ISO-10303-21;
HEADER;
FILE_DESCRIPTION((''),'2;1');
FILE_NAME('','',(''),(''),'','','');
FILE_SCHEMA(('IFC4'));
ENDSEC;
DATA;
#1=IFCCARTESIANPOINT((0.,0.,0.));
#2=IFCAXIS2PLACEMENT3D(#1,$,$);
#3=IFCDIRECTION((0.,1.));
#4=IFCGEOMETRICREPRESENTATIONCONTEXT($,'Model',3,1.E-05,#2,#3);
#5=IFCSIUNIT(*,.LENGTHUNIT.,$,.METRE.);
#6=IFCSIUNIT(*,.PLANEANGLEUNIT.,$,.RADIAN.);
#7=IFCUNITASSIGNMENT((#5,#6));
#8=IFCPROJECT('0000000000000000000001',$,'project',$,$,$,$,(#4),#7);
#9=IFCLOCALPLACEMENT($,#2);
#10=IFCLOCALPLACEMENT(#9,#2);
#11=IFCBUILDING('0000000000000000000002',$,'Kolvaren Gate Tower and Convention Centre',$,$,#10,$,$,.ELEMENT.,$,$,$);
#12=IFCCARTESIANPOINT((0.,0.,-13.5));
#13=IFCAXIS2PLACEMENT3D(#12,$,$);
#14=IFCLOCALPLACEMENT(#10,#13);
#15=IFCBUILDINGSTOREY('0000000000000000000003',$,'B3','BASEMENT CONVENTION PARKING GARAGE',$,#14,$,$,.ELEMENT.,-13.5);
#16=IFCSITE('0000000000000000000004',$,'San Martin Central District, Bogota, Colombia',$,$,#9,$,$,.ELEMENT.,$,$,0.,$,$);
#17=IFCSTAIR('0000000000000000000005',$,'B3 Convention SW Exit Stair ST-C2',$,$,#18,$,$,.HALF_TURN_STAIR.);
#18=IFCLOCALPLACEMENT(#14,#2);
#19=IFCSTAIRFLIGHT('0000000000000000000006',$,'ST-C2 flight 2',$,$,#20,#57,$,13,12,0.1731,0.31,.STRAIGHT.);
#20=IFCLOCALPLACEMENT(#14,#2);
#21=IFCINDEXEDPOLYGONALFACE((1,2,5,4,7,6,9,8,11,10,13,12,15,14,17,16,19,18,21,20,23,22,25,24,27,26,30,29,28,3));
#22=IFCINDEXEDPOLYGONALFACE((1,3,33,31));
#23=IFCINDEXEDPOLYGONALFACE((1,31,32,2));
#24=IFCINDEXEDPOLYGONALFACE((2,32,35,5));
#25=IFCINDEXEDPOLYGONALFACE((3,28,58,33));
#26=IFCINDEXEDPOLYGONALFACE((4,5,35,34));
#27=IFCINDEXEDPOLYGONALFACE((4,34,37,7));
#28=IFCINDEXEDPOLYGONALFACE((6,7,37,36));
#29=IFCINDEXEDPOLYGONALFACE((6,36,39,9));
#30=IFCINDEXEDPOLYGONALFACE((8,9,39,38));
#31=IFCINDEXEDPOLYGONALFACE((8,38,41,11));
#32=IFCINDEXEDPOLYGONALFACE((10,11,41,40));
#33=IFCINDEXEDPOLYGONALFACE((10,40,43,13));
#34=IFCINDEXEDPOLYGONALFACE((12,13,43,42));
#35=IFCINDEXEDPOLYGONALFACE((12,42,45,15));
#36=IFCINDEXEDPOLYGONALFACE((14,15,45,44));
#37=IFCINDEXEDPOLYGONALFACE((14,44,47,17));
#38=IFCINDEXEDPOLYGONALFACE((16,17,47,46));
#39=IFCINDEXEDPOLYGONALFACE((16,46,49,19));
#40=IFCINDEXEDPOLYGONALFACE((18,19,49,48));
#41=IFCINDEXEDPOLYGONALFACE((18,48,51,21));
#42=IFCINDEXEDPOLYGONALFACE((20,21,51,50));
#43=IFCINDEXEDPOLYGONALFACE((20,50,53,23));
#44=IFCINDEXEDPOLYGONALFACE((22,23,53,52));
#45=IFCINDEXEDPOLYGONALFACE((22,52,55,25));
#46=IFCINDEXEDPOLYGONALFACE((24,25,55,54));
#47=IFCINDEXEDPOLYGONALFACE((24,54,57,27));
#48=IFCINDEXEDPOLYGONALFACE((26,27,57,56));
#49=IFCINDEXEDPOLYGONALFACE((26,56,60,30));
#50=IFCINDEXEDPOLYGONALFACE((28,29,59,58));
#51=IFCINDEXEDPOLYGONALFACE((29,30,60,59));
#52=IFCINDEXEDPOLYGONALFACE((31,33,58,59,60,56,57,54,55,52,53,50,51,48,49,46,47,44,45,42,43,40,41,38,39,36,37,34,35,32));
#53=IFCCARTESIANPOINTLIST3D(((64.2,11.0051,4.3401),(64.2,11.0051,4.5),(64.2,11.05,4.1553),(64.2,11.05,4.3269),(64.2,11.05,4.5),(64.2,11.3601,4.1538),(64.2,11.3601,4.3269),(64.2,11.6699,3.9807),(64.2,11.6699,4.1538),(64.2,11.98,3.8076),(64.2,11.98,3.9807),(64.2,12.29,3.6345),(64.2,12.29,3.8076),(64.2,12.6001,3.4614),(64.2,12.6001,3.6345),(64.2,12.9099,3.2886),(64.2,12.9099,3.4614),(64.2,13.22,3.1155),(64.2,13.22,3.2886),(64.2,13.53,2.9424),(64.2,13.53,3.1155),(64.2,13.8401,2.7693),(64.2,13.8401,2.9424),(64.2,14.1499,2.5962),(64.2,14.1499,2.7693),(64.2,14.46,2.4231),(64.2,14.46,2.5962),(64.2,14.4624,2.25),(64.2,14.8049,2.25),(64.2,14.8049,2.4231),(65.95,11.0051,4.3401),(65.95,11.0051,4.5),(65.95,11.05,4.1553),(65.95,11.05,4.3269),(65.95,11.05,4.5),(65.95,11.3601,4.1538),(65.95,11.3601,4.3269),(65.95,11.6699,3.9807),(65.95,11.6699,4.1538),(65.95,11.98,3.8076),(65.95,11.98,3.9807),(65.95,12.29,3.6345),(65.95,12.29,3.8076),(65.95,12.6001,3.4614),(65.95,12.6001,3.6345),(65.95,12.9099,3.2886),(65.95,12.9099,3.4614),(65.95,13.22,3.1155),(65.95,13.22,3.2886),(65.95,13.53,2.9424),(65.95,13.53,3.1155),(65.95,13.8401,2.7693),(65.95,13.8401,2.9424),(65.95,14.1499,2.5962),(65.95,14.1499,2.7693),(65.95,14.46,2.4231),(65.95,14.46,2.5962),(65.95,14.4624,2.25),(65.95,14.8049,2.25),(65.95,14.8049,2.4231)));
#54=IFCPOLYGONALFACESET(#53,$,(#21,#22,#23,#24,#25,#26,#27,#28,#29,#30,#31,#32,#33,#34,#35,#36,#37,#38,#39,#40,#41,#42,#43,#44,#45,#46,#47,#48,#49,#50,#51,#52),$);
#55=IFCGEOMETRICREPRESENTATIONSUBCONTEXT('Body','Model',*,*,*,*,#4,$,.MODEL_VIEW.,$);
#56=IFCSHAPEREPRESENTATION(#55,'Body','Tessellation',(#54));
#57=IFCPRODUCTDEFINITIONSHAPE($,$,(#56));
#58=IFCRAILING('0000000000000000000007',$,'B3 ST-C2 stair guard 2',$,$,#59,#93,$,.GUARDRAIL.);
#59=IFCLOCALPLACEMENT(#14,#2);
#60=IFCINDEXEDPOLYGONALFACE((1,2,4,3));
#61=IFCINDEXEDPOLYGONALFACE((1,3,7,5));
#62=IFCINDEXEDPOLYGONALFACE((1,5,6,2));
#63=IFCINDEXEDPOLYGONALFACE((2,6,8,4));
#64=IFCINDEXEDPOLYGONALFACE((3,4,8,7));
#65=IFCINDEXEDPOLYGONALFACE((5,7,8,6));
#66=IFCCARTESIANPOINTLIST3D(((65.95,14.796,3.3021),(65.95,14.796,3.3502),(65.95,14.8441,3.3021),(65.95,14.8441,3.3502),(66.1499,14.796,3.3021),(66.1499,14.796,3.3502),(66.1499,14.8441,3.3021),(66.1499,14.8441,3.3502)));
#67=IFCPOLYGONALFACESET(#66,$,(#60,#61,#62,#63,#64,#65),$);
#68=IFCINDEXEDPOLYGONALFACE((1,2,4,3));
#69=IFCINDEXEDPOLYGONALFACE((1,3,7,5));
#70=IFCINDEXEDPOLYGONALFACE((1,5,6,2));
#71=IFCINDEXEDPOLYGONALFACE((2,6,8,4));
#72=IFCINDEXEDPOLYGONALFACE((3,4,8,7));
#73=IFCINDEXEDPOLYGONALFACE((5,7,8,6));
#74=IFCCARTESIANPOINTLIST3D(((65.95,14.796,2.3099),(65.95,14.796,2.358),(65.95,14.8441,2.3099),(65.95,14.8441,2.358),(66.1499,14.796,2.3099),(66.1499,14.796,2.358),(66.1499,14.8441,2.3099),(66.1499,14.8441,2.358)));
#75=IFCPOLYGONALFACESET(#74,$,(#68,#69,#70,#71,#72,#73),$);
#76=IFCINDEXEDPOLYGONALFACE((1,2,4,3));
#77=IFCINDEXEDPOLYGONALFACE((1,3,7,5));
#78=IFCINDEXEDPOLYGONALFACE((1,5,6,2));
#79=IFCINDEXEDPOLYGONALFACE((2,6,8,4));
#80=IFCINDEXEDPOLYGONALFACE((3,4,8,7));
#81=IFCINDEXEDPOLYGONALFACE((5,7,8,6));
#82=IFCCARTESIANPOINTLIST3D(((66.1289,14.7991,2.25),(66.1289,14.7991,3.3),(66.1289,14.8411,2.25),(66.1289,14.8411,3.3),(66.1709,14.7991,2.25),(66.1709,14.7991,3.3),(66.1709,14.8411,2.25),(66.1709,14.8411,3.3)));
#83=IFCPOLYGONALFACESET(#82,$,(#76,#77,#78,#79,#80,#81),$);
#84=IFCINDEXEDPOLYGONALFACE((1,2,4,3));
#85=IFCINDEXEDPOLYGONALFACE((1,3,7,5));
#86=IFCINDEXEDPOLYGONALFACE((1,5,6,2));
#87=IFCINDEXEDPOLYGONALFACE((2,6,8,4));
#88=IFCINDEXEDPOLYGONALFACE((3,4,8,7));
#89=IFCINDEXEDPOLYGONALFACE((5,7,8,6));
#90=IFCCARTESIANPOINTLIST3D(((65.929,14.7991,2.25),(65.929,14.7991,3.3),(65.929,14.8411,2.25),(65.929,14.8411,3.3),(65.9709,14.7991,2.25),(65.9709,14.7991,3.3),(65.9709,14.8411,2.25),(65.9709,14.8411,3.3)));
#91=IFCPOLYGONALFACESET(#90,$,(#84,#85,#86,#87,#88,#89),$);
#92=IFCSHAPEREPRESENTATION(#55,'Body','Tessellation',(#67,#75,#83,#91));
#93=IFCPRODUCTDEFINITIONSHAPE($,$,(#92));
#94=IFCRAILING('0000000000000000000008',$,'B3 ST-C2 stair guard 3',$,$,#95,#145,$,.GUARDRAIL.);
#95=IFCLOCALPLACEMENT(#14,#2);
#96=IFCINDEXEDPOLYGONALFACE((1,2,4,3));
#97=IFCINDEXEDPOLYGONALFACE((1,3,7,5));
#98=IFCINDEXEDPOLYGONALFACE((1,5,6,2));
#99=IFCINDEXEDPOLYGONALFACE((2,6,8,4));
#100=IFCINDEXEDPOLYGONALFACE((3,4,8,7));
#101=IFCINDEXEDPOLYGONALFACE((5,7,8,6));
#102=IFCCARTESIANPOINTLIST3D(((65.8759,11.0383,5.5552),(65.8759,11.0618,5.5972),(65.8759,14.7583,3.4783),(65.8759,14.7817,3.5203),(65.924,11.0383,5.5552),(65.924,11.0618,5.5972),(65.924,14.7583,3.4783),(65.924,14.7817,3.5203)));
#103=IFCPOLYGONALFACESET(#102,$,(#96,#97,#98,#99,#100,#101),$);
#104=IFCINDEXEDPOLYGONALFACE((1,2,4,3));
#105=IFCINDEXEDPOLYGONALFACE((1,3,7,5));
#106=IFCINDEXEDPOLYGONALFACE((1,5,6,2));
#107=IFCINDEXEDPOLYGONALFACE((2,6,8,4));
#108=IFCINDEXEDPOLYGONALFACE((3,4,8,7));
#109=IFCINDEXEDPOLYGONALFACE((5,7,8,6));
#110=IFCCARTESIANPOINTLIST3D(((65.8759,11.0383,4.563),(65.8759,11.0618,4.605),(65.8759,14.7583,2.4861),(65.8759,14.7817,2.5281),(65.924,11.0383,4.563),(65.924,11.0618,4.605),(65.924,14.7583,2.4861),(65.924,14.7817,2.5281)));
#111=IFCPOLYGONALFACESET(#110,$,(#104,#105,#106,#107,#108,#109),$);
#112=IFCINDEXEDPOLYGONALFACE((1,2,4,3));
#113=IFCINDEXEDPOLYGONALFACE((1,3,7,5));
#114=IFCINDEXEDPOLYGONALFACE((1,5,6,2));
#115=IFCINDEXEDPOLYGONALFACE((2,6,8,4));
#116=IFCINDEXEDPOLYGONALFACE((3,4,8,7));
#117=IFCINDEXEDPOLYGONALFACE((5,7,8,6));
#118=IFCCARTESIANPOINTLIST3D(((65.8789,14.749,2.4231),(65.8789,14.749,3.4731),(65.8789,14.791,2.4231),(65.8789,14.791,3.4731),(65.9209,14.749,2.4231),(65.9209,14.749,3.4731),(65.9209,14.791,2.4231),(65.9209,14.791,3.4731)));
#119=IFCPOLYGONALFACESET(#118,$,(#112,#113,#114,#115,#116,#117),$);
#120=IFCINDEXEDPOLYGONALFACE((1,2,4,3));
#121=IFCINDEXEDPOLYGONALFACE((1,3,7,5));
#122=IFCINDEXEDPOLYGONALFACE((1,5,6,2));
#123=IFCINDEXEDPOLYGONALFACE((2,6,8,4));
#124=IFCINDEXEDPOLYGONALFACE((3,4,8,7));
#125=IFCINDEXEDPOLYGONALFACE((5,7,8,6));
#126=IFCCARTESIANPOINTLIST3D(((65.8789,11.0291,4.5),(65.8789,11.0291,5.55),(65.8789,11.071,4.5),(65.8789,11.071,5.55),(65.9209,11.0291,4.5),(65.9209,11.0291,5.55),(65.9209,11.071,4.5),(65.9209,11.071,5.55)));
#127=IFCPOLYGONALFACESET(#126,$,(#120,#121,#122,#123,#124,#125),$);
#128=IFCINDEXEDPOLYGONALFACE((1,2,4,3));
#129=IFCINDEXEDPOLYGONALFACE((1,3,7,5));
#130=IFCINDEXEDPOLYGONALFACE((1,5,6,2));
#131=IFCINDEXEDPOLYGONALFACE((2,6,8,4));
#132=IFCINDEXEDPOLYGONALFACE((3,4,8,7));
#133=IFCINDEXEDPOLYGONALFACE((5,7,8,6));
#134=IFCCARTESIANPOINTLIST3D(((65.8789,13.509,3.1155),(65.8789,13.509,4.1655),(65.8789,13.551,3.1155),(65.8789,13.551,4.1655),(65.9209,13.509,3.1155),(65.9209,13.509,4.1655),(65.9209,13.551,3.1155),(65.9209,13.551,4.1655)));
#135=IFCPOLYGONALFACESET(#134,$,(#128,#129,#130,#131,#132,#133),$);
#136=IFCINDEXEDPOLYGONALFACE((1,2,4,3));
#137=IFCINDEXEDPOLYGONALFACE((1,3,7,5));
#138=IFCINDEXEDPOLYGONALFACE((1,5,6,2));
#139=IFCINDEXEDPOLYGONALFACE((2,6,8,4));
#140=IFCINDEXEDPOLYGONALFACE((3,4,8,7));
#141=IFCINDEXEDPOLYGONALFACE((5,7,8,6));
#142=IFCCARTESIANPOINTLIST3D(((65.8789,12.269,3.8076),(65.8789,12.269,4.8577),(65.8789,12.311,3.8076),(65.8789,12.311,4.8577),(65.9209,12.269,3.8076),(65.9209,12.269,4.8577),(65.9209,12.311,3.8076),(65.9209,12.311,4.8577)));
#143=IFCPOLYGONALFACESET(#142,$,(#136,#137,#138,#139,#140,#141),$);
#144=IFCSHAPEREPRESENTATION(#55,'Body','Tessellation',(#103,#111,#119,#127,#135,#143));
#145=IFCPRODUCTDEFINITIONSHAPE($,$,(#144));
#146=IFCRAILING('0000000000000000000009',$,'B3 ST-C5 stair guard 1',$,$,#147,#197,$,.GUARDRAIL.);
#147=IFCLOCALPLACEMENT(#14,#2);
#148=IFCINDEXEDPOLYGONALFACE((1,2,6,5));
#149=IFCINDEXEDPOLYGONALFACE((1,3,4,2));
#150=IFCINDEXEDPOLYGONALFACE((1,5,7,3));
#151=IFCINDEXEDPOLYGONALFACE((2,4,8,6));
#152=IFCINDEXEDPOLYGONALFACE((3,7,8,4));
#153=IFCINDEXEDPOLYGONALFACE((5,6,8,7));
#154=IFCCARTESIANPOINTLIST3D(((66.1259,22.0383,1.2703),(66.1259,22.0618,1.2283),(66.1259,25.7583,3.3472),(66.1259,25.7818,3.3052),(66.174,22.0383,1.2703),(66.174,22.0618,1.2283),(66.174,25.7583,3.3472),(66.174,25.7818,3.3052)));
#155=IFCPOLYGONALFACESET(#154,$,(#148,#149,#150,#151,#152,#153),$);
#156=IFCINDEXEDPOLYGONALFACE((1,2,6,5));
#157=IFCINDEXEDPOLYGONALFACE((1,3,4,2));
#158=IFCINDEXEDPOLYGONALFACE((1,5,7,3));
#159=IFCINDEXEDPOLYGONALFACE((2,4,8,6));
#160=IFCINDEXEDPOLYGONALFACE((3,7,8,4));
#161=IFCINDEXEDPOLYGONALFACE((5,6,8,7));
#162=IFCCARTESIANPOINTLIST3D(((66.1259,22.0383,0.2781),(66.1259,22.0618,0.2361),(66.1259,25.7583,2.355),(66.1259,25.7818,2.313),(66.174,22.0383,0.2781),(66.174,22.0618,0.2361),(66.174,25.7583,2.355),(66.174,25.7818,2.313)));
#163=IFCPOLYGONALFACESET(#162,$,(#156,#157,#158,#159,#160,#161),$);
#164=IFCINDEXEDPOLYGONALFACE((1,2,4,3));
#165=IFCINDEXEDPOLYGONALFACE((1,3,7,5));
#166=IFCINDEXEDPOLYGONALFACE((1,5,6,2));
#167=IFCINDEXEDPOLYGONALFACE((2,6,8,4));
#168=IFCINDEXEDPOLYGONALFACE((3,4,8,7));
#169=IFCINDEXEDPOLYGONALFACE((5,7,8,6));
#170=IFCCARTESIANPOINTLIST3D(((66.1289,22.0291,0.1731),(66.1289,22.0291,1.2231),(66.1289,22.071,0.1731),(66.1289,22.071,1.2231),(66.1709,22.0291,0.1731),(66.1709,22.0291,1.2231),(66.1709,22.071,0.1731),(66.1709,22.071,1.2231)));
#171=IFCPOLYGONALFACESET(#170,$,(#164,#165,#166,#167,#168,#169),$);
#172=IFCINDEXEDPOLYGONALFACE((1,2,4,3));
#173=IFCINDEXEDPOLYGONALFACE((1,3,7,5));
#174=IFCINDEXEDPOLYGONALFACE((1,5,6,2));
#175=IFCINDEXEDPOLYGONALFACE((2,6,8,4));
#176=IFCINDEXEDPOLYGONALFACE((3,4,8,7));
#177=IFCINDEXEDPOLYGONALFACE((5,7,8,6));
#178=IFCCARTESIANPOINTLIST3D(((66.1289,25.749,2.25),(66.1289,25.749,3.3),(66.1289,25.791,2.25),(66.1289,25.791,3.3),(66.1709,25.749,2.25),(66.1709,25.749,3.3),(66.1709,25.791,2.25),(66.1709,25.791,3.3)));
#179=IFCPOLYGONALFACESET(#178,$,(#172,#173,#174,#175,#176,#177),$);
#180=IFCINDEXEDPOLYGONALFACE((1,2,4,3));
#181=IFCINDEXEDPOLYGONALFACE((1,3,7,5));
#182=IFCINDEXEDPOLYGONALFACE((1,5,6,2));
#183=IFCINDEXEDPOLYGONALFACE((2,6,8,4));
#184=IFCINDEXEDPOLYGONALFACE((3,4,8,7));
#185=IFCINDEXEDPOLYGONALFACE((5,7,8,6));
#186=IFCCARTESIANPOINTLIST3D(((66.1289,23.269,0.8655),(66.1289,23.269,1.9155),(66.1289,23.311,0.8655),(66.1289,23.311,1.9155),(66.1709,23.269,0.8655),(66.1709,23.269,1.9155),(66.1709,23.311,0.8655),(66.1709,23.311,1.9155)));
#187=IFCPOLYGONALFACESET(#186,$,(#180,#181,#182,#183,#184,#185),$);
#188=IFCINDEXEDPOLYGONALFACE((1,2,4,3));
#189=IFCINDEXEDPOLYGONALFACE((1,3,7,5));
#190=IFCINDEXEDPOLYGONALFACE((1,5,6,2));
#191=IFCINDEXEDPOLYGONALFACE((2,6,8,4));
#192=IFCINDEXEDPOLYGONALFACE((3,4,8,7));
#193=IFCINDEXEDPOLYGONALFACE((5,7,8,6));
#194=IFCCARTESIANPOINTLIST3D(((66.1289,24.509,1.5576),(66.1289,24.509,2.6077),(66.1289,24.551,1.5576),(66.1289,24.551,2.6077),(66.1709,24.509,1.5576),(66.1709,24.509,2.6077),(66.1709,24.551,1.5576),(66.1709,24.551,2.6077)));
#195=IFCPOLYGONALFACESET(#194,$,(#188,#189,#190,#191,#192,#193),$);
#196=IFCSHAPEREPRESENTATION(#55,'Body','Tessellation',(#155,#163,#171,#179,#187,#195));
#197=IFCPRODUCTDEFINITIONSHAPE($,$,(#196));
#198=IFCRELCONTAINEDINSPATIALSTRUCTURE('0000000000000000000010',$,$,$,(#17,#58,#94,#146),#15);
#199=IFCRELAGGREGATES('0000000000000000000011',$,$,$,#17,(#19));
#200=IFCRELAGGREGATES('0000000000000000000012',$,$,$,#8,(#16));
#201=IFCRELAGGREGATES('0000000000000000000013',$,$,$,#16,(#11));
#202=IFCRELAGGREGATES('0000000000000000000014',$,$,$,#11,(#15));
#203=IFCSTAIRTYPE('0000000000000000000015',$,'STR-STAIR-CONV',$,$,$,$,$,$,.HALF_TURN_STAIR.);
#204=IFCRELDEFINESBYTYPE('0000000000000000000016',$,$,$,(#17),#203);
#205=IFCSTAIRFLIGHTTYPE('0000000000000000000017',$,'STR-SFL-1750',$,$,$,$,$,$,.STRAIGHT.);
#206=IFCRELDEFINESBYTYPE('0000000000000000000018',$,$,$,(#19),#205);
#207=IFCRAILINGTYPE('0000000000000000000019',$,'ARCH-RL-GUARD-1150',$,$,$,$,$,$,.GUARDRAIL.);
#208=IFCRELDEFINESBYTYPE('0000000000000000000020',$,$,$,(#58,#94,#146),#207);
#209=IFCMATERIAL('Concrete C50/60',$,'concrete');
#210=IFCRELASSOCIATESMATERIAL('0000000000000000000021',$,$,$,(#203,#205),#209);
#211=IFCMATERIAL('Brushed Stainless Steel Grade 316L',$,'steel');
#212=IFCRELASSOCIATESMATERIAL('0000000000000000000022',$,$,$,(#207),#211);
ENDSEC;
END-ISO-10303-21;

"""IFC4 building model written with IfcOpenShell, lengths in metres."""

from ifc_helpers import new_model, si_unit, direction, frame, origin, origin_2d, place, context, subcontext, project, spatial, polyline, rectangle, outline, extrude, material, type_object, element, aggregate, save


model = new_model("IFC4")

# Units and contexts
model_context = context("Model", 3, precision=1e-05, world=origin(), true_north=direction((0.0, 1.0)))
body_context = subcontext(model_context, "Body", "Model", "MODEL_VIEW")
ifc_project = project(units=[si_unit("LENGTHUNIT", "METRE"), si_unit("PLANEANGLEUNIT", "RADIAN")], contexts=[model_context])

# Site, building, storey
site_placement = place(None, origin())
site = spatial("IfcSite", under=ifc_project, at=site_placement, Name="San Martin Central District, Bogota, Colombia", CompositionType="ELEMENT", RefElevation=0.0)
building_placement = place(site_placement, origin())
building = spatial("IfcBuilding", under=site, at=building_placement, Name="Kolvaren Gate Tower and Convention Centre", CompositionType="ELEMENT")
storey_placement = place(building_placement, frame((0.0, 0.0, -13.5)))
storey = spatial("IfcBuildingStorey", under=building, at=storey_placement, Name="B3", Description="BASEMENT CONVENTION PARKING GARAGE", CompositionType="ELEMENT", Elevation=-13.5)

# Shared definitions
ifc_material_1 = material(Name="Concrete C50/60", Category="concrete")

# Stair, stair flight
stair_type = type_object("IfcStairType", Name="STR-STAIR-CONV", PredefinedType="HALF_TURN_STAIR", material=ifc_material_1)
stair_placement = place(storey_placement, origin())
stair = element("IfcStair", 1, at=stair_placement, inside=storey, type_object=stair_type, Name="B3 Convention SW Exit Stair ST-C2", PredefinedType="HALF_TURN_STAIR")
stair_flight_type = type_object("IfcStairFlightType", Name="STR-SFL-1750", PredefinedType="STRAIGHT", material=ifc_material_1)
stair_flight_placement = place(storey_placement, frame((65.075, 14.77, 2.25), z_axis=(0.0, 0.0, 1.0), x_axis=(0.0, -1.0, 0.0)))
stair_flight = element("IfcStairFlight", 2, at=stair_flight_placement, type_object=stair_flight_type, Name="ST-C2 flight 2", NumberOfRisers=13, NumberOfTreads=12, PredefinedType="STRAIGHT", RiserHeight=0.1731, TreadLength=0.31, context=body_context, shape_type="SweptSolid", body=[
    extrude(outline(polyline([(-0.0349, 0.0), (-0.0349, 0.1731), (0.3101, 0.1731), (0.3101, 0.3462), (0.6201, 0.3462), (0.6201, 0.5193), (0.9299, 0.5193), (0.9299, 0.6924), (1.24, 0.6924), (1.24, 0.8655), (1.55, 0.8655), (1.55, 1.0386), (1.8601, 1.0386), (1.8601, 1.2114), (2.1699, 1.2114), (2.1699, 1.3845), (2.48, 1.3845), (2.48, 1.5576), (2.79, 1.5576), (2.79, 1.7307), (3.1001, 1.7307), (3.1001, 1.9038), (3.4099, 1.9038), (3.4099, 2.0769), (3.72, 2.0769), (3.72, 2.25), (3.7649, 2.25), (3.7649, 2.0901), (3.72, 1.9053), (0.3076, 0.0), (-0.0349, 0.0)])), frame((0.0, 0.875, 0.0), z_axis=(0.0, -1.0, 0.0), x_axis=(1.0, 0.0, 0.0)), (0.0, 0.0, 1.0), 1.75),
])
aggregate(stair, [stair_flight])

# Railings
ifc_material_2 = material(Name="Brushed Stainless Steel Grade 316L", Category="steel")
railing_type_1 = type_object("IfcRailingType", Name="ARCH-RL-GUARD-1150", PredefinedType="GUARDRAIL", material=ifc_material_2)
railing_1_placement = place(storey_placement, frame((66.1499, 14.8201, 2.25)))
element("IfcRailing", 3, at=railing_1_placement, inside=storey, type_object=railing_type_1, Name="B3 ST-C2 stair guard 2", PredefinedType="GUARDRAIL", context=body_context, shape_type="SweptSolid", body=[
    extrude(rectangle(XDim=0.0481, YDim=0.0481, at=origin_2d()), frame((0.0, 0.0, 1.0762), z_axis=(-1.0, 0.0, 0.0), x_axis=(0.0, -1.0, 0.0)), (0.0, 0.0, 1.0), 0.2),
    extrude(rectangle(XDim=0.0481, YDim=0.0481, at=origin_2d()), frame((0.0, 0.0, 0.084), z_axis=(-1.0, 0.0, 0.0), x_axis=(0.0, -1.0, 0.0)), (0.0, 0.0, 1.0), 0.2),
    extrude(rectangle(XDim=0.042, YDim=0.042, at=origin_2d()), origin(), (0.0, 0.0, 1.0), 1.05),
    extrude(rectangle(XDim=0.042, YDim=0.042, at=origin_2d()), frame((-0.2, 0.0, 0.0)), (0.0, 0.0, 1.0), 1.05),
])
railing_2_placement = place(storey_placement, frame((65.8999, 14.77, 2.4231)))
element("IfcRailing", 4, at=railing_2_placement, inside=storey, type_object=railing_type_1, Name="B3 ST-C2 stair guard 3", PredefinedType="GUARDRAIL", context=body_context, shape_type="SweptSolid", body=[
    extrude(rectangle(XDim=0.0481, YDim=0.0481, at=origin_2d()), frame((0.0, 0.0, 1.0762), z_axis=(0.0, -0.873134, 0.487481), x_axis=(1.0, 0.0, 0.0)), (0.0, 0.0, 1.0), 4.2605),
    extrude(rectangle(XDim=0.0481, YDim=0.0481, at=origin_2d()), frame((0.0, 0.0, 0.084), z_axis=(0.0, -0.873134, 0.487481), x_axis=(1.0, 0.0, 0.0)), (0.0, 0.0, 1.0), 4.2605),
    extrude(rectangle(XDim=0.042, YDim=0.042, at=origin_2d()), origin(), (0.0, 0.0, 1.0), 1.05),
    extrude(rectangle(XDim=0.042, YDim=0.042, at=origin_2d()), frame((0.0, -3.72, 2.0769)), (0.0, 0.0, 1.0), 1.05),
    extrude(rectangle(XDim=0.042, YDim=0.042, at=origin_2d()), frame((0.0, -1.24, 0.6924)), (0.0, 0.0, 1.0), 1.05),
    extrude(rectangle(XDim=0.042, YDim=0.042, at=origin_2d()), frame((0.0, -2.48, 1.3845)), (0.0, 0.0, 1.0), 1.05),
])
railing_3_placement = place(storey_placement, frame((66.1499, 22.05, 0.1731)))
element("IfcRailing", 5, at=railing_3_placement, inside=storey, type_object=railing_type_1, Name="B3 ST-C5 stair guard 1", PredefinedType="GUARDRAIL", context=body_context, shape_type="SweptSolid", body=[
    extrude(rectangle(XDim=0.0481, YDim=0.0481, at=origin_2d()), frame((0.0, 0.0, 1.0762), z_axis=(0.0, 0.873134, 0.487481), x_axis=(-1.0, 0.0, 0.0)), (0.0, 0.0, 1.0), 4.2605),
    extrude(rectangle(XDim=0.0481, YDim=0.0481, at=origin_2d()), frame((0.0, 0.0, 0.084), z_axis=(0.0, 0.873134, 0.487481), x_axis=(-1.0, 0.0, 0.0)), (0.0, 0.0, 1.0), 4.2605),
    extrude(rectangle(XDim=0.042, YDim=0.042, at=origin_2d()), origin(), (0.0, 0.0, 1.0), 1.05),
    extrude(rectangle(XDim=0.042, YDim=0.042, at=origin_2d()), frame((0.0, 3.72, 2.0769)), (0.0, 0.0, 1.0), 1.05),
    extrude(rectangle(XDim=0.042, YDim=0.042, at=origin_2d()), frame((0.0, 1.24, 0.6924)), (0.0, 0.0, 1.0), 1.05),
    extrude(rectangle(XDim=0.042, YDim=0.042, at=origin_2d()), frame((0.0, 2.48, 1.3845)), (0.0, 0.0, 1.0), 1.05),
])

save(model, "model.ifc")
